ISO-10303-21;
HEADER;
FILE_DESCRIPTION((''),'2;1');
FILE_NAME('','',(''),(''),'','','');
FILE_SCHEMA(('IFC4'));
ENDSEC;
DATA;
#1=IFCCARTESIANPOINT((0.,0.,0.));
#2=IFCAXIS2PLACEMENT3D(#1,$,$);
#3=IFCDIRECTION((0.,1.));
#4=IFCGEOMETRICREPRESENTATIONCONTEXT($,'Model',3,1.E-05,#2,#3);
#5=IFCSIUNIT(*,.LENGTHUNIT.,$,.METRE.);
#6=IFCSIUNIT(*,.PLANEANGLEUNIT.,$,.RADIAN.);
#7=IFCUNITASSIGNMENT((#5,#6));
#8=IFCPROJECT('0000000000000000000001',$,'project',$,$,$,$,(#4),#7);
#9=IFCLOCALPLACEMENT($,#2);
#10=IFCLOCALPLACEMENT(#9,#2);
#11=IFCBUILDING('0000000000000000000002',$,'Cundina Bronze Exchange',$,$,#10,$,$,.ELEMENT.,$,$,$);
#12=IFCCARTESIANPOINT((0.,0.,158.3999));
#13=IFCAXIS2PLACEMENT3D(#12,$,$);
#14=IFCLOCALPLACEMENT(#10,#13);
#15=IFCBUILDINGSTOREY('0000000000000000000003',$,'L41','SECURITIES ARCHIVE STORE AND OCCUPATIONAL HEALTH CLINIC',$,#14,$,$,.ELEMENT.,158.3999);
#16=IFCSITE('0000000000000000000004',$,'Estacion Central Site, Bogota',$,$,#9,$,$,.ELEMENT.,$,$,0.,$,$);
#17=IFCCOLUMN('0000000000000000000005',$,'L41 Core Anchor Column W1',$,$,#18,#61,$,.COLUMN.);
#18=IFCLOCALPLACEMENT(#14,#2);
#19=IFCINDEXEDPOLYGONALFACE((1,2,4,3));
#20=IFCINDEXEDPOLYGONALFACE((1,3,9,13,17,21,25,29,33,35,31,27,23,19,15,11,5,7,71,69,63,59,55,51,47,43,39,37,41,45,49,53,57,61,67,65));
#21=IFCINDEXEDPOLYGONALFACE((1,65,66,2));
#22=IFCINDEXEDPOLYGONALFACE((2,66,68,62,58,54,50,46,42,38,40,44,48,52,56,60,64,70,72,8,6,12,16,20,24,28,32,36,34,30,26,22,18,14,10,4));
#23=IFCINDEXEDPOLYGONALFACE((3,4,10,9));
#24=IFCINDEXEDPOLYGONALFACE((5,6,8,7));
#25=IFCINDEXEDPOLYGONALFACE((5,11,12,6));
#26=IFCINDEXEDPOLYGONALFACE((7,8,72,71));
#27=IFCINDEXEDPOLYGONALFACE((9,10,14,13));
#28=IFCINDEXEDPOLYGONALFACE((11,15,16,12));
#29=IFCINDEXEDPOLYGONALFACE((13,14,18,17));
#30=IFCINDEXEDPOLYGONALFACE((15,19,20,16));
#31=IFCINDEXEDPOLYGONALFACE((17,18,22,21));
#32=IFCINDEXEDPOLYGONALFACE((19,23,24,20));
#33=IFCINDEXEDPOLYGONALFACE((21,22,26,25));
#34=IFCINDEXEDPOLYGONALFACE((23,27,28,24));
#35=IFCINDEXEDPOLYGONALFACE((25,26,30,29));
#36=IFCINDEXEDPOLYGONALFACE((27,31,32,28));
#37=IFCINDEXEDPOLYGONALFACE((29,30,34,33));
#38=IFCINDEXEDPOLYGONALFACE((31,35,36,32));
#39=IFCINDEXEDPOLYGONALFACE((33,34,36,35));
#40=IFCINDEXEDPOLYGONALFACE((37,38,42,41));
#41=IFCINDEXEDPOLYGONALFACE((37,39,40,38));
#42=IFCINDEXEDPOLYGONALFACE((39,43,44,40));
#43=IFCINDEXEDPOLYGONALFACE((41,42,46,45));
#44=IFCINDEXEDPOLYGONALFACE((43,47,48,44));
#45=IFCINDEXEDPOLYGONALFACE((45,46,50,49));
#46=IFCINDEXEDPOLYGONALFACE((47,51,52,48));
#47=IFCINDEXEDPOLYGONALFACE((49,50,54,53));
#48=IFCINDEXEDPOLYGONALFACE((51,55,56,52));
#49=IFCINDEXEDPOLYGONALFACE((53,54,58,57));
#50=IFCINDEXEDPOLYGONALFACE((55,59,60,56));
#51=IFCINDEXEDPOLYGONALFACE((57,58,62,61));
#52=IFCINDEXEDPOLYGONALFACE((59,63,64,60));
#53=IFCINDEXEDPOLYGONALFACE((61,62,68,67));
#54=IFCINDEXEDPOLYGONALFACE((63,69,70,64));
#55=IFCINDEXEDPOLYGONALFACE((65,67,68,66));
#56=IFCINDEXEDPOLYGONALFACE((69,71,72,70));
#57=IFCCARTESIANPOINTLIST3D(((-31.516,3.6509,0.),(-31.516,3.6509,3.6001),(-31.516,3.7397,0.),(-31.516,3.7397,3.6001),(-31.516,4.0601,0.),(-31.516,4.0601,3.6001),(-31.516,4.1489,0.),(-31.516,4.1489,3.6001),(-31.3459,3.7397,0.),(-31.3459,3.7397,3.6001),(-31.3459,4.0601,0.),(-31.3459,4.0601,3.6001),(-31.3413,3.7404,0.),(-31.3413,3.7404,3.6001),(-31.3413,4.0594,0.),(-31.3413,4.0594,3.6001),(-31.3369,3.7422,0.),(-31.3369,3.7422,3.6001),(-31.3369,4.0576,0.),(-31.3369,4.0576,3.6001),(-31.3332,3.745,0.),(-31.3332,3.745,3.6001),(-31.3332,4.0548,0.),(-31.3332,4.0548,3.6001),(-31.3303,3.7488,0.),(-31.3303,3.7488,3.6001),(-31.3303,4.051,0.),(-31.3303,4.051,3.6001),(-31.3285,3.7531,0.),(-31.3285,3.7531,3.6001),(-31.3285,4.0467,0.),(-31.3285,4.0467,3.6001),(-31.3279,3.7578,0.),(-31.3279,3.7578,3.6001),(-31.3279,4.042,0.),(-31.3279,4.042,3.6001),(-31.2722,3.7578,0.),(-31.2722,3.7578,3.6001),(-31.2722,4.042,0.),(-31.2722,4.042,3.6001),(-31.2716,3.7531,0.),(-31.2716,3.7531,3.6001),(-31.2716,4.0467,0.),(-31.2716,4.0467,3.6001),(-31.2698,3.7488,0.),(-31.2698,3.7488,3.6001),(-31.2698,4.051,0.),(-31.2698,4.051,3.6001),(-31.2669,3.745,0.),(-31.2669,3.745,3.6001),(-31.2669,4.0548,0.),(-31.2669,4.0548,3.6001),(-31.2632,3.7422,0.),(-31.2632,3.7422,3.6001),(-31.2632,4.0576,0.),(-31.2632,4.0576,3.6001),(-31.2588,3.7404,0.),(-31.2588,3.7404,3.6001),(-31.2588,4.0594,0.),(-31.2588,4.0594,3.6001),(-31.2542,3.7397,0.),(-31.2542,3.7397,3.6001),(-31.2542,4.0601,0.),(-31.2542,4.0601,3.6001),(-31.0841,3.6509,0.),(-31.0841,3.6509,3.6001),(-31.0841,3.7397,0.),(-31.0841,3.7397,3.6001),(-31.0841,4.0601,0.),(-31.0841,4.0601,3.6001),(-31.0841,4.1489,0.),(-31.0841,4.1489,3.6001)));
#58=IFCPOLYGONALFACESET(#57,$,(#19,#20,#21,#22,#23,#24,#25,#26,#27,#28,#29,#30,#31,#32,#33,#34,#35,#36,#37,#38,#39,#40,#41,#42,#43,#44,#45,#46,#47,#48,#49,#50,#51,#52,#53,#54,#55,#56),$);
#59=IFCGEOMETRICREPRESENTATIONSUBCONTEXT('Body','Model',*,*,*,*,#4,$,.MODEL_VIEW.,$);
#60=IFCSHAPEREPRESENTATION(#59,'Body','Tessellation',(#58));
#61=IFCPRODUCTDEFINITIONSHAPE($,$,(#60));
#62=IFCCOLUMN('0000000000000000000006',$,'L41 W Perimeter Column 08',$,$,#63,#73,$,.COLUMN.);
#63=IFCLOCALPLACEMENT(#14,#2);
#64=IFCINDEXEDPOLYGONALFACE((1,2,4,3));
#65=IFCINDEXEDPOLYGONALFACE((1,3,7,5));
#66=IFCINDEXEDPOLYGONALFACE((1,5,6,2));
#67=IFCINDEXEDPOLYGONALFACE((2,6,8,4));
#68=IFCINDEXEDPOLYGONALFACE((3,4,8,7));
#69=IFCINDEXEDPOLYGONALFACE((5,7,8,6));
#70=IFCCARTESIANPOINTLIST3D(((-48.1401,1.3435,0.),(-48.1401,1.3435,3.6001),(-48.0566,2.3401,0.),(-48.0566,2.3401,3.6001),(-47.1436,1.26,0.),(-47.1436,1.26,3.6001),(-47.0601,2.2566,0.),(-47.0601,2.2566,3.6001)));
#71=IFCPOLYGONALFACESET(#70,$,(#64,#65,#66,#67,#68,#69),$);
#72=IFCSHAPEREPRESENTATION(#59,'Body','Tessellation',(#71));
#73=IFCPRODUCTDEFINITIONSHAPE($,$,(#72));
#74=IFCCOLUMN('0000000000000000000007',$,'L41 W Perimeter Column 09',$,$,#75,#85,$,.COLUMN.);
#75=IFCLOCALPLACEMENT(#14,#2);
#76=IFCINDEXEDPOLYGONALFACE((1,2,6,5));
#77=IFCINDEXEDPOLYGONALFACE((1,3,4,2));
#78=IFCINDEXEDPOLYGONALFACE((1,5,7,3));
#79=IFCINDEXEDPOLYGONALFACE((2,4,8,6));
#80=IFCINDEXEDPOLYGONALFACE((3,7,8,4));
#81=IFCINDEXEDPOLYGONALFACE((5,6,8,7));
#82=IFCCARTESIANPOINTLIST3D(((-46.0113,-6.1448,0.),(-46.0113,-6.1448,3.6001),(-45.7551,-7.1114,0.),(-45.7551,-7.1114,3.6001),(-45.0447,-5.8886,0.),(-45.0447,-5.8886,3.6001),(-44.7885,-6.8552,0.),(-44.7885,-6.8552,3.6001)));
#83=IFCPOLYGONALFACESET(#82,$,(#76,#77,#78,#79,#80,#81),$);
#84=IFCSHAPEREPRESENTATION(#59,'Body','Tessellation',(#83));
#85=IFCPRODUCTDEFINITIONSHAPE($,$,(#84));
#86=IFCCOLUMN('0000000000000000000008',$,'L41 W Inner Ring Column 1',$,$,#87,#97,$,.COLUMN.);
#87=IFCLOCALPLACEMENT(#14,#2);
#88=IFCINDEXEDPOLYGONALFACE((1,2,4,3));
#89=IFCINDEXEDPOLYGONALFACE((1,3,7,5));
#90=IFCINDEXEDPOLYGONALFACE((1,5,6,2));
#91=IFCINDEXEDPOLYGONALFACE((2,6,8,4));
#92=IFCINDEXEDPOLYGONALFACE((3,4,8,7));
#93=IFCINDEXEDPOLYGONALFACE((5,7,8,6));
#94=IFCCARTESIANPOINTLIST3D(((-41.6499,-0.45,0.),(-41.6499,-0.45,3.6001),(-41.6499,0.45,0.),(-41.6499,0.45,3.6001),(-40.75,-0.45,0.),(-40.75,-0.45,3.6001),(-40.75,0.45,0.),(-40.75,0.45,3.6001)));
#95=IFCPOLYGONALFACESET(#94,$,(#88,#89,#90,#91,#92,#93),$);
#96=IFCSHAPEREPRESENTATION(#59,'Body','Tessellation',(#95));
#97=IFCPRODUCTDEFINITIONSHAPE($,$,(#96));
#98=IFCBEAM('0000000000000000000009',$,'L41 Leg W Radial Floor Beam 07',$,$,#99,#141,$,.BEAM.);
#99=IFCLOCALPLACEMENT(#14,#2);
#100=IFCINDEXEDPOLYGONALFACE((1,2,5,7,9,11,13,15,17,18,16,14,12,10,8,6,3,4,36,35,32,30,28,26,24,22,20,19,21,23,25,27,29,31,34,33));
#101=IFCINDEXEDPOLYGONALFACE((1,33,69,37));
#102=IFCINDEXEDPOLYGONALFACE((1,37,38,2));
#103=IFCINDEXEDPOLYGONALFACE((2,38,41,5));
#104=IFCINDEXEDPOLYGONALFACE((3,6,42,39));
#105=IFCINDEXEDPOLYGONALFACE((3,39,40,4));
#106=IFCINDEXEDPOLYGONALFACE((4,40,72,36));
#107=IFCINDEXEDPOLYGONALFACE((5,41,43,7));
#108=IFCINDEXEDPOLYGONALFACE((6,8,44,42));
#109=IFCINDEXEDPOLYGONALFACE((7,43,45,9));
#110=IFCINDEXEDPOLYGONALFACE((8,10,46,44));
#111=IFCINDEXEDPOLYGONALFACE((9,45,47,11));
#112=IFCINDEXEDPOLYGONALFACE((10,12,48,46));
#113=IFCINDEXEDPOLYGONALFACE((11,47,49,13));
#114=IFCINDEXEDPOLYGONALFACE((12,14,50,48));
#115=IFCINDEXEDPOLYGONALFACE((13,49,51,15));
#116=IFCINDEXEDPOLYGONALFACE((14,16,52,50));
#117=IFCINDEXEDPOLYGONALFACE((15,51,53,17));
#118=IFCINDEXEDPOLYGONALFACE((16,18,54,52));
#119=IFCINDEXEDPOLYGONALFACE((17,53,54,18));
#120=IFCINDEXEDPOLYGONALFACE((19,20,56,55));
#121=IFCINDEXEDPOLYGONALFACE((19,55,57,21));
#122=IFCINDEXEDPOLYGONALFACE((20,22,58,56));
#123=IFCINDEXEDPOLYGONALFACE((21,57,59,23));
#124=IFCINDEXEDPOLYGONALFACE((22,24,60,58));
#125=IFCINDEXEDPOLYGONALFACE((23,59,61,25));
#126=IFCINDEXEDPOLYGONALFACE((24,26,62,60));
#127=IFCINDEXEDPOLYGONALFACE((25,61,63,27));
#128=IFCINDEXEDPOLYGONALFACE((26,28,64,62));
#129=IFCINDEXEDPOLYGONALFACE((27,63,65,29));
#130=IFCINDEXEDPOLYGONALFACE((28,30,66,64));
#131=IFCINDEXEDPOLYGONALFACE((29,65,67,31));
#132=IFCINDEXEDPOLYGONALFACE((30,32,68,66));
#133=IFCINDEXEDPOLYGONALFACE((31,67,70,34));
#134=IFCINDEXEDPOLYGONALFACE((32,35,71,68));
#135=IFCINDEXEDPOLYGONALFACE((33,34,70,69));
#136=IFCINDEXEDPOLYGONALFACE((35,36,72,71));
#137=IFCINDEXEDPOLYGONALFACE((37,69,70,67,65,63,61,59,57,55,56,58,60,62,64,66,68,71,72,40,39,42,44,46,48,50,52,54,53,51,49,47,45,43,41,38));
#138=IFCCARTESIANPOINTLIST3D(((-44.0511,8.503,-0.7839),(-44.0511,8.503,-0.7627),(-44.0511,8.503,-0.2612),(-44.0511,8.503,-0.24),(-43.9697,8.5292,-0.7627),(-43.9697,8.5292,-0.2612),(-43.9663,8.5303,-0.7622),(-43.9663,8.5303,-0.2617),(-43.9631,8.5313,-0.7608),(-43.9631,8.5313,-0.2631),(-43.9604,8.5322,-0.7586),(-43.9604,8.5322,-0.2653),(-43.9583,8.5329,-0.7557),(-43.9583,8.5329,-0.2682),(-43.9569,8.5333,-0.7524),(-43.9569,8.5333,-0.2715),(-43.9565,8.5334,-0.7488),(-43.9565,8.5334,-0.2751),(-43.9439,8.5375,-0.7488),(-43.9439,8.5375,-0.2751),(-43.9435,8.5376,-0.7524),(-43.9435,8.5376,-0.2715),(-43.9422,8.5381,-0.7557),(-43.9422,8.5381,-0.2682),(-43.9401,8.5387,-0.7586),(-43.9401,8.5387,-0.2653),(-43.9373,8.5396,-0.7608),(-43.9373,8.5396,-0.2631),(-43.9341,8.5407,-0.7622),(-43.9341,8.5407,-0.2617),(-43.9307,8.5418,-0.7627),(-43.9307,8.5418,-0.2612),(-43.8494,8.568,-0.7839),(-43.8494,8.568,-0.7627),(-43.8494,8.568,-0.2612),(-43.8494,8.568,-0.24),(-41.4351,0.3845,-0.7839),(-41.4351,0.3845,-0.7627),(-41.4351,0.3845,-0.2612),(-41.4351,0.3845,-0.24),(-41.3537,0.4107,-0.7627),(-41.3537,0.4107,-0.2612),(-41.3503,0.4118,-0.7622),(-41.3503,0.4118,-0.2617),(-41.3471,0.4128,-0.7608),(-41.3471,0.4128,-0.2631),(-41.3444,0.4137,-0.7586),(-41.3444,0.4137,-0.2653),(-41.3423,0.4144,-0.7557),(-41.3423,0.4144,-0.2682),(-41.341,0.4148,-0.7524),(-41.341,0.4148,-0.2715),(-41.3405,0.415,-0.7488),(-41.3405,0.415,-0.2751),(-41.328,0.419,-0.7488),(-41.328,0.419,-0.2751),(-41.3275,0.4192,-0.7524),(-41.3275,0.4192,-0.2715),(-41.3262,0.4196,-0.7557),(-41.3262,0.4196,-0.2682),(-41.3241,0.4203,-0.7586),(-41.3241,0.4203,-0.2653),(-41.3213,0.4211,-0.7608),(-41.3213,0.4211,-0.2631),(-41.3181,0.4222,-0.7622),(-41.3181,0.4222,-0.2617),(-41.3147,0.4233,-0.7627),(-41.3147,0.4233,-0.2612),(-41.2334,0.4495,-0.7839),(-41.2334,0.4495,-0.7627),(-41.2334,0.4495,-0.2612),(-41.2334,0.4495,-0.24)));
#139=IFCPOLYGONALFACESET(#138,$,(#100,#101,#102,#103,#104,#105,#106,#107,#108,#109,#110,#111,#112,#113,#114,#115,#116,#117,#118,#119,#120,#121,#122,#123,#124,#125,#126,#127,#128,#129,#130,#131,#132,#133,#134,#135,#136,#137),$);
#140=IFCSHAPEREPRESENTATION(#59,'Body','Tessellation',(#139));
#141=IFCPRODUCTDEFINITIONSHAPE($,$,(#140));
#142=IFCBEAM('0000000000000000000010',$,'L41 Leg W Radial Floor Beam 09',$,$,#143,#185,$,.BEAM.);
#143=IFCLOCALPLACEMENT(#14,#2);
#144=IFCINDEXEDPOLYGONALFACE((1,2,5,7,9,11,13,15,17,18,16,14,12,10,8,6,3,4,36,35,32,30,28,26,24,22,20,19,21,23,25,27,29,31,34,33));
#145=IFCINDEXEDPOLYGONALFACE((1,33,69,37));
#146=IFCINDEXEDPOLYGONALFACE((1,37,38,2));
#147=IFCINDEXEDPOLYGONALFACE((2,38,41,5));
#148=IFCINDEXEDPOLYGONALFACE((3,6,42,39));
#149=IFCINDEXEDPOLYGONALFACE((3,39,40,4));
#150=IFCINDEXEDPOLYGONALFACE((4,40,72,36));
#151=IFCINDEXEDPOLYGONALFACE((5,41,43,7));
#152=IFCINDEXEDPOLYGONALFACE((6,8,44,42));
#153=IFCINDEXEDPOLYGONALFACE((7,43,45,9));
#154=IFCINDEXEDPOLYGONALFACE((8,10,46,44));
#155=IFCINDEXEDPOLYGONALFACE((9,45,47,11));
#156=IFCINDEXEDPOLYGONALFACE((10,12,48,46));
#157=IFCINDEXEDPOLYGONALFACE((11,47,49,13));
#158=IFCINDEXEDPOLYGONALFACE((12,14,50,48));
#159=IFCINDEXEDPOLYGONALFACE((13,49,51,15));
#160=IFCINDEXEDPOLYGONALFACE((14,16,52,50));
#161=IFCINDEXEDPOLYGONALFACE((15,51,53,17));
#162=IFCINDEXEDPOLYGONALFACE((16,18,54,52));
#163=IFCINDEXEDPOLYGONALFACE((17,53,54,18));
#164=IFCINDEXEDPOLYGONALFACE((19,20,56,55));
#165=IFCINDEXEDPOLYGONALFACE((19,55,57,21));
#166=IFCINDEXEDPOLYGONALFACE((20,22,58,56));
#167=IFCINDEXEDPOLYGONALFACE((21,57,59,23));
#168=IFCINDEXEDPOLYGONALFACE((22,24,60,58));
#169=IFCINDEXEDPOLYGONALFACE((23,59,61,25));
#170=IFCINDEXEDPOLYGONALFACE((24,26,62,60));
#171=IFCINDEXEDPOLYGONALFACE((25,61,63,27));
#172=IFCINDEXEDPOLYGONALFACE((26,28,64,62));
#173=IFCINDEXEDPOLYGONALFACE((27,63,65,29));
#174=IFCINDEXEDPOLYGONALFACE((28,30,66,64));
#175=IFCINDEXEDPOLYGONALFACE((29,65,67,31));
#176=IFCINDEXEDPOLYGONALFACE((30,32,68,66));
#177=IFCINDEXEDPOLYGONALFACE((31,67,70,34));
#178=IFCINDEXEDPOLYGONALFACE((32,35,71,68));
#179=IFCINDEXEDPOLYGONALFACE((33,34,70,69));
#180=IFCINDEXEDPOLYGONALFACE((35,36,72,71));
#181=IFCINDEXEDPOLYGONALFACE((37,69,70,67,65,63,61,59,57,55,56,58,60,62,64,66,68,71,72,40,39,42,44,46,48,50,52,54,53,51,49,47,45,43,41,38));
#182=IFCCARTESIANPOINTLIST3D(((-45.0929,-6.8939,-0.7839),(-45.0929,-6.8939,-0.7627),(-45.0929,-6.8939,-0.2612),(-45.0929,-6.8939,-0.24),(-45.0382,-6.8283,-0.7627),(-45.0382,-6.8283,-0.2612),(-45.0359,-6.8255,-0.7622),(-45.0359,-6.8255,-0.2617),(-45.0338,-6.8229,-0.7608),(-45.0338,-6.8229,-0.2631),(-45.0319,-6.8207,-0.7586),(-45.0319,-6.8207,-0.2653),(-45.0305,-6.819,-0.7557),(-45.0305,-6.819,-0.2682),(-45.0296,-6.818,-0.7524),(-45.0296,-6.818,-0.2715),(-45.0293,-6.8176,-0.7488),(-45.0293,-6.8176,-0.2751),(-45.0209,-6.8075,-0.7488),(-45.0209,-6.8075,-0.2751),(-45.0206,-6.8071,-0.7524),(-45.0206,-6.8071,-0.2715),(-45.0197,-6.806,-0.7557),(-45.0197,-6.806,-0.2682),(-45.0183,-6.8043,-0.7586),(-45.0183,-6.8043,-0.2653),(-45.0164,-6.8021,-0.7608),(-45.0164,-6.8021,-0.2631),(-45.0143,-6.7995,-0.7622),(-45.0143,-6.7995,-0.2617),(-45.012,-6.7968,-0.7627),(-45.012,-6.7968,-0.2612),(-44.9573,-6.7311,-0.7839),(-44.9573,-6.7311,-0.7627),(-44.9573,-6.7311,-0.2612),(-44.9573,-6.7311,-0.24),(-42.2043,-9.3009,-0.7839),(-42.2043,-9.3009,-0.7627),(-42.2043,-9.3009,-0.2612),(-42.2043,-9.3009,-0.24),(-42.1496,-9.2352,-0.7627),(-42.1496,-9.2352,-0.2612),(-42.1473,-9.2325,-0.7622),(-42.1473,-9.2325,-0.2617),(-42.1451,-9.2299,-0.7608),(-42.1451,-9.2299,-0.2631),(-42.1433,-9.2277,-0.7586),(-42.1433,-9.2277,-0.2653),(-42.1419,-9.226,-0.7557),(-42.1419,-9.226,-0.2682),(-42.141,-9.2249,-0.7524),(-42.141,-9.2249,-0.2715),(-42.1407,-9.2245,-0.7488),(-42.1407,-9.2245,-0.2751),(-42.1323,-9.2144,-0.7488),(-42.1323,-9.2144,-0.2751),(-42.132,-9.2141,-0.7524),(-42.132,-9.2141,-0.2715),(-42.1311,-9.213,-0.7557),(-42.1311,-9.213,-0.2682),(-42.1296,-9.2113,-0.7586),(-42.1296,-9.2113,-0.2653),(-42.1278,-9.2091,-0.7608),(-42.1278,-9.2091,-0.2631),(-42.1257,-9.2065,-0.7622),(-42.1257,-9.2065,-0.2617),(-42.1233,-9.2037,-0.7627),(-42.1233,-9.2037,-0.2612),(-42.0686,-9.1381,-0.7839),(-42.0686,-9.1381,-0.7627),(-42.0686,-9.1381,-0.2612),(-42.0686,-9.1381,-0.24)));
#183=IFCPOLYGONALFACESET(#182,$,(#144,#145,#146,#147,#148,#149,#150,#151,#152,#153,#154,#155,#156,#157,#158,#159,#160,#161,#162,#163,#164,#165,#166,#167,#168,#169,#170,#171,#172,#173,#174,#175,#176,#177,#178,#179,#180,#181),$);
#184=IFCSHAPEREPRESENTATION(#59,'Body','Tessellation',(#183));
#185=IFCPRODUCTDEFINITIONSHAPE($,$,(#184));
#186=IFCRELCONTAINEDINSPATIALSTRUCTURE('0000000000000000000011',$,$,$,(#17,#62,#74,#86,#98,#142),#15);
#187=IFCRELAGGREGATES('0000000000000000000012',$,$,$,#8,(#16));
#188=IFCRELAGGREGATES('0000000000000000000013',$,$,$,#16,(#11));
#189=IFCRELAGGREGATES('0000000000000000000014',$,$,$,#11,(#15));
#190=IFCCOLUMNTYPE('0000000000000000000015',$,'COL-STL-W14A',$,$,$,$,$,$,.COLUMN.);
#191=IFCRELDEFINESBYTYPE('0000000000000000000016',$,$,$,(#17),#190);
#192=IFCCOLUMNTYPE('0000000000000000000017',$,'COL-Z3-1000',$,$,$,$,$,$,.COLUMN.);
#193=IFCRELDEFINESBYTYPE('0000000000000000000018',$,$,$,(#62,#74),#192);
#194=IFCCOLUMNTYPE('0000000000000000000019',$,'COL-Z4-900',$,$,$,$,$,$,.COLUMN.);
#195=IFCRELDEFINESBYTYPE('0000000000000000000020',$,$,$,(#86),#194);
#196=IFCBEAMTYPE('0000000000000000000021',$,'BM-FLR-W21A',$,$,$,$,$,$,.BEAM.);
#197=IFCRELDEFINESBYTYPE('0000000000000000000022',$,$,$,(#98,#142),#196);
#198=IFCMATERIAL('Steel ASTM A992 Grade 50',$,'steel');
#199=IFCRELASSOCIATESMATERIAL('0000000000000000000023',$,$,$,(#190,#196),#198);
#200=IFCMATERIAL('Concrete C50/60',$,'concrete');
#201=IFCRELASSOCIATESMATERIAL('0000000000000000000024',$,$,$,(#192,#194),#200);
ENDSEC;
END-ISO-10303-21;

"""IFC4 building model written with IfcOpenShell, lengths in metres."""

from ifc_helpers import new_model, si_unit, direction, frame, origin, origin_2d, place, context, subcontext, project, spatial, rectangle, i_section, extrude, material, material_profile, profile_set, type_object, element, save


model = new_model("IFC4")

# Units and contexts
model_context = context("Model", 3, precision=1e-05, world=origin(), true_north=direction((0.0, 1.0)))
body_context = subcontext(model_context, "Body", "Model", "MODEL_VIEW")
ifc_project = project(units=[si_unit("LENGTHUNIT", "METRE"), si_unit("PLANEANGLEUNIT", "RADIAN")], contexts=[model_context])

# Site, building, storey
site_placement = place(None, origin())
site = spatial("IfcSite", under=ifc_project, at=site_placement, Name="Estacion Central Site, Bogota", CompositionType="ELEMENT", RefElevation=0.0)
building_placement = place(site_placement, origin())
building = spatial("IfcBuilding", under=site, at=building_placement, Name="Cundina Bronze Exchange", CompositionType="ELEMENT")
storey_placement = place(building_placement, frame((0.0, 0.0, 158.3999)))
storey = spatial("IfcBuildingStorey", under=building, at=storey_placement, Name="L41", Description="SECURITIES ARCHIVE STORE AND OCCUPATIONAL HEALTH CLINIC", CompositionType="ELEMENT", Elevation=158.3999)

# Columns
ifc_material_1 = material(Name="Steel ASTM A992 Grade 50", Category="steel")
ifc_material_profile_1 = material_profile(ifc_material_1, i_section(OverallWidth=0.4319, OverallDepth=0.498, WebThickness=0.0557, FlangeThickness=0.0889, FilletRadius=0.0181, at=origin_2d()), Name="W14X500", Category="steel")
ifc_profile_set_1 = profile_set([ifc_material_profile_1], Name="Steel ASTM A992 Grade 50")
column_type_1 = type_object("IfcColumnType", Name="COL-STL-W14A", PredefinedType="COLUMN", material=ifc_profile_set_1)
column_1_placement = place(storey_placement, frame((-31.3, 3.8999, 0.0), z_axis=(0.0, 0.0, 1.0), x_axis=(1.0, 0.0, 0.0)))
element("IfcColumn", 1, at=column_1_placement, inside=storey, type_object=column_type_1, Name="L41 Core Anchor Column W1", PredefinedType="COLUMN", context=body_context, shape_type="SweptSolid", body=[
    extrude(i_section(OverallWidth=0.4319, OverallDepth=0.498, WebThickness=0.0557, FlangeThickness=0.0889, FilletRadius=0.0181, at=origin_2d()), origin(), (0.0, 0.0, 1.0), 3.6001),
])
ifc_material_2 = material(Name="Concrete C50/60", Category="concrete")
ifc_material_profile_2 = material_profile(ifc_material_2, rectangle(XDim=1.0, YDim=1.0, at=origin_2d()), Name="RC1000X1000", Category="concrete")
ifc_profile_set_2 = profile_set([ifc_material_profile_2], Name="Concrete C50/60")
column_type_2 = type_object("IfcColumnType", Name="COL-Z3-1000", PredefinedType="COLUMN", material=ifc_profile_set_2)
for number, where, z_axis, x_axis, name in (
    (2, (-47.6001, 1.8, 0.0), (0.0, 0.0, 1.0), (-0.083504, -0.996507, 0.0), "L41 W Perimeter Column 08"),
    (3, (-45.3999, -6.5, 0.0), (0.0, 0.0, 1.0), (0.256289, -0.9666, 0.0), "L41 W Perimeter Column 09"),
):
    element("IfcColumn", number, at=place(storey_placement, frame(where, z_axis=z_axis, x_axis=x_axis)), inside=storey, type_object=column_type_2, Name=name, PredefinedType="COLUMN", context=body_context, shape_type="SweptSolid", body=[
        extrude(rectangle(XDim=1.0, YDim=1.0, at=origin_2d()), origin(), (0.0, 0.0, 1.0), 3.6001),
    ])
ifc_material_profile_3 = material_profile(ifc_material_2, rectangle(XDim=0.8999, YDim=0.8999, at=origin_2d()), Name="RC900X900", Category="concrete")
ifc_profile_set_3 = profile_set([ifc_material_profile_3], Name="Concrete C50/60")
column_type_3 = type_object("IfcColumnType", Name="COL-Z4-900", PredefinedType="COLUMN", material=ifc_profile_set_3)
column_2_placement = place(storey_placement, frame((-41.2, 0.0, 0.0), z_axis=(0.0, 0.0, 1.0), x_axis=(1.0, 0.0, 0.0)))
element("IfcColumn", 4, at=column_2_placement, inside=storey, type_object=column_type_3, Name="L41 W Inner Ring Column 1", PredefinedType="COLUMN", context=body_context, shape_type="SweptSolid", body=[
    extrude(rectangle(XDim=0.8999, YDim=0.8999, at=origin_2d()), origin(), (0.0, 0.0, 1.0), 3.6001),
])

# Beams
ifc_material_profile_4 = material_profile(ifc_material_1, i_section(OverallWidth=0.2119, OverallDepth=0.5439, WebThickness=0.0132, FlangeThickness=0.0212, FilletRadius=0.0139, at=origin_2d()), Name="W21X83", Category="steel")
ifc_profile_set_4 = profile_set([ifc_material_profile_4], Name="Steel ASTM A992 Grade 50")
beam_type_1 = type_object("IfcBeamType", Name="BM-FLR-W21A", PredefinedType="BEAM", material=ifc_profile_set_4)
beam_1_placement = place(storey_placement, frame((-41.3342, 0.417, -0.512), z_axis=(-0.306698, 0.951807, 0.0), x_axis=(-0.951807, -0.306698, 0.0)))
element("IfcBeam", 5, at=beam_1_placement, inside=storey, type_object=beam_type_1, Name="L41 Leg W Radial Floor Beam 07", PredefinedType="BEAM", context=body_context, shape_type="SweptSolid", body=[
    extrude(i_section(OverallWidth=0.2119, OverallDepth=0.5439, WebThickness=0.0132, FlangeThickness=0.0212, FilletRadius=0.0139, at=origin_2d()), origin(), (0.0, 0.0, 1.0), 8.5295),
])
beam_2_placement = place(storey_placement, frame((-42.1365, -9.2195, -0.512), z_axis=(-0.768253, 0.640146, 0.0), x_axis=(-0.640146, -0.768253, 0.0)))
element("IfcBeam", 6, at=beam_2_placement, inside=storey, type_object=beam_type_1, Name="L41 Leg W Radial Floor Beam 09", PredefinedType="BEAM", context=body_context, shape_type="SweptSolid", body=[
    extrude(i_section(OverallWidth=0.2119, OverallDepth=0.5439, WebThickness=0.0132, FlangeThickness=0.0212, FilletRadius=0.0139, at=origin_2d()), origin(), (0.0, 0.0, 1.0), 3.76),
])

save(model, "model.ifc")
